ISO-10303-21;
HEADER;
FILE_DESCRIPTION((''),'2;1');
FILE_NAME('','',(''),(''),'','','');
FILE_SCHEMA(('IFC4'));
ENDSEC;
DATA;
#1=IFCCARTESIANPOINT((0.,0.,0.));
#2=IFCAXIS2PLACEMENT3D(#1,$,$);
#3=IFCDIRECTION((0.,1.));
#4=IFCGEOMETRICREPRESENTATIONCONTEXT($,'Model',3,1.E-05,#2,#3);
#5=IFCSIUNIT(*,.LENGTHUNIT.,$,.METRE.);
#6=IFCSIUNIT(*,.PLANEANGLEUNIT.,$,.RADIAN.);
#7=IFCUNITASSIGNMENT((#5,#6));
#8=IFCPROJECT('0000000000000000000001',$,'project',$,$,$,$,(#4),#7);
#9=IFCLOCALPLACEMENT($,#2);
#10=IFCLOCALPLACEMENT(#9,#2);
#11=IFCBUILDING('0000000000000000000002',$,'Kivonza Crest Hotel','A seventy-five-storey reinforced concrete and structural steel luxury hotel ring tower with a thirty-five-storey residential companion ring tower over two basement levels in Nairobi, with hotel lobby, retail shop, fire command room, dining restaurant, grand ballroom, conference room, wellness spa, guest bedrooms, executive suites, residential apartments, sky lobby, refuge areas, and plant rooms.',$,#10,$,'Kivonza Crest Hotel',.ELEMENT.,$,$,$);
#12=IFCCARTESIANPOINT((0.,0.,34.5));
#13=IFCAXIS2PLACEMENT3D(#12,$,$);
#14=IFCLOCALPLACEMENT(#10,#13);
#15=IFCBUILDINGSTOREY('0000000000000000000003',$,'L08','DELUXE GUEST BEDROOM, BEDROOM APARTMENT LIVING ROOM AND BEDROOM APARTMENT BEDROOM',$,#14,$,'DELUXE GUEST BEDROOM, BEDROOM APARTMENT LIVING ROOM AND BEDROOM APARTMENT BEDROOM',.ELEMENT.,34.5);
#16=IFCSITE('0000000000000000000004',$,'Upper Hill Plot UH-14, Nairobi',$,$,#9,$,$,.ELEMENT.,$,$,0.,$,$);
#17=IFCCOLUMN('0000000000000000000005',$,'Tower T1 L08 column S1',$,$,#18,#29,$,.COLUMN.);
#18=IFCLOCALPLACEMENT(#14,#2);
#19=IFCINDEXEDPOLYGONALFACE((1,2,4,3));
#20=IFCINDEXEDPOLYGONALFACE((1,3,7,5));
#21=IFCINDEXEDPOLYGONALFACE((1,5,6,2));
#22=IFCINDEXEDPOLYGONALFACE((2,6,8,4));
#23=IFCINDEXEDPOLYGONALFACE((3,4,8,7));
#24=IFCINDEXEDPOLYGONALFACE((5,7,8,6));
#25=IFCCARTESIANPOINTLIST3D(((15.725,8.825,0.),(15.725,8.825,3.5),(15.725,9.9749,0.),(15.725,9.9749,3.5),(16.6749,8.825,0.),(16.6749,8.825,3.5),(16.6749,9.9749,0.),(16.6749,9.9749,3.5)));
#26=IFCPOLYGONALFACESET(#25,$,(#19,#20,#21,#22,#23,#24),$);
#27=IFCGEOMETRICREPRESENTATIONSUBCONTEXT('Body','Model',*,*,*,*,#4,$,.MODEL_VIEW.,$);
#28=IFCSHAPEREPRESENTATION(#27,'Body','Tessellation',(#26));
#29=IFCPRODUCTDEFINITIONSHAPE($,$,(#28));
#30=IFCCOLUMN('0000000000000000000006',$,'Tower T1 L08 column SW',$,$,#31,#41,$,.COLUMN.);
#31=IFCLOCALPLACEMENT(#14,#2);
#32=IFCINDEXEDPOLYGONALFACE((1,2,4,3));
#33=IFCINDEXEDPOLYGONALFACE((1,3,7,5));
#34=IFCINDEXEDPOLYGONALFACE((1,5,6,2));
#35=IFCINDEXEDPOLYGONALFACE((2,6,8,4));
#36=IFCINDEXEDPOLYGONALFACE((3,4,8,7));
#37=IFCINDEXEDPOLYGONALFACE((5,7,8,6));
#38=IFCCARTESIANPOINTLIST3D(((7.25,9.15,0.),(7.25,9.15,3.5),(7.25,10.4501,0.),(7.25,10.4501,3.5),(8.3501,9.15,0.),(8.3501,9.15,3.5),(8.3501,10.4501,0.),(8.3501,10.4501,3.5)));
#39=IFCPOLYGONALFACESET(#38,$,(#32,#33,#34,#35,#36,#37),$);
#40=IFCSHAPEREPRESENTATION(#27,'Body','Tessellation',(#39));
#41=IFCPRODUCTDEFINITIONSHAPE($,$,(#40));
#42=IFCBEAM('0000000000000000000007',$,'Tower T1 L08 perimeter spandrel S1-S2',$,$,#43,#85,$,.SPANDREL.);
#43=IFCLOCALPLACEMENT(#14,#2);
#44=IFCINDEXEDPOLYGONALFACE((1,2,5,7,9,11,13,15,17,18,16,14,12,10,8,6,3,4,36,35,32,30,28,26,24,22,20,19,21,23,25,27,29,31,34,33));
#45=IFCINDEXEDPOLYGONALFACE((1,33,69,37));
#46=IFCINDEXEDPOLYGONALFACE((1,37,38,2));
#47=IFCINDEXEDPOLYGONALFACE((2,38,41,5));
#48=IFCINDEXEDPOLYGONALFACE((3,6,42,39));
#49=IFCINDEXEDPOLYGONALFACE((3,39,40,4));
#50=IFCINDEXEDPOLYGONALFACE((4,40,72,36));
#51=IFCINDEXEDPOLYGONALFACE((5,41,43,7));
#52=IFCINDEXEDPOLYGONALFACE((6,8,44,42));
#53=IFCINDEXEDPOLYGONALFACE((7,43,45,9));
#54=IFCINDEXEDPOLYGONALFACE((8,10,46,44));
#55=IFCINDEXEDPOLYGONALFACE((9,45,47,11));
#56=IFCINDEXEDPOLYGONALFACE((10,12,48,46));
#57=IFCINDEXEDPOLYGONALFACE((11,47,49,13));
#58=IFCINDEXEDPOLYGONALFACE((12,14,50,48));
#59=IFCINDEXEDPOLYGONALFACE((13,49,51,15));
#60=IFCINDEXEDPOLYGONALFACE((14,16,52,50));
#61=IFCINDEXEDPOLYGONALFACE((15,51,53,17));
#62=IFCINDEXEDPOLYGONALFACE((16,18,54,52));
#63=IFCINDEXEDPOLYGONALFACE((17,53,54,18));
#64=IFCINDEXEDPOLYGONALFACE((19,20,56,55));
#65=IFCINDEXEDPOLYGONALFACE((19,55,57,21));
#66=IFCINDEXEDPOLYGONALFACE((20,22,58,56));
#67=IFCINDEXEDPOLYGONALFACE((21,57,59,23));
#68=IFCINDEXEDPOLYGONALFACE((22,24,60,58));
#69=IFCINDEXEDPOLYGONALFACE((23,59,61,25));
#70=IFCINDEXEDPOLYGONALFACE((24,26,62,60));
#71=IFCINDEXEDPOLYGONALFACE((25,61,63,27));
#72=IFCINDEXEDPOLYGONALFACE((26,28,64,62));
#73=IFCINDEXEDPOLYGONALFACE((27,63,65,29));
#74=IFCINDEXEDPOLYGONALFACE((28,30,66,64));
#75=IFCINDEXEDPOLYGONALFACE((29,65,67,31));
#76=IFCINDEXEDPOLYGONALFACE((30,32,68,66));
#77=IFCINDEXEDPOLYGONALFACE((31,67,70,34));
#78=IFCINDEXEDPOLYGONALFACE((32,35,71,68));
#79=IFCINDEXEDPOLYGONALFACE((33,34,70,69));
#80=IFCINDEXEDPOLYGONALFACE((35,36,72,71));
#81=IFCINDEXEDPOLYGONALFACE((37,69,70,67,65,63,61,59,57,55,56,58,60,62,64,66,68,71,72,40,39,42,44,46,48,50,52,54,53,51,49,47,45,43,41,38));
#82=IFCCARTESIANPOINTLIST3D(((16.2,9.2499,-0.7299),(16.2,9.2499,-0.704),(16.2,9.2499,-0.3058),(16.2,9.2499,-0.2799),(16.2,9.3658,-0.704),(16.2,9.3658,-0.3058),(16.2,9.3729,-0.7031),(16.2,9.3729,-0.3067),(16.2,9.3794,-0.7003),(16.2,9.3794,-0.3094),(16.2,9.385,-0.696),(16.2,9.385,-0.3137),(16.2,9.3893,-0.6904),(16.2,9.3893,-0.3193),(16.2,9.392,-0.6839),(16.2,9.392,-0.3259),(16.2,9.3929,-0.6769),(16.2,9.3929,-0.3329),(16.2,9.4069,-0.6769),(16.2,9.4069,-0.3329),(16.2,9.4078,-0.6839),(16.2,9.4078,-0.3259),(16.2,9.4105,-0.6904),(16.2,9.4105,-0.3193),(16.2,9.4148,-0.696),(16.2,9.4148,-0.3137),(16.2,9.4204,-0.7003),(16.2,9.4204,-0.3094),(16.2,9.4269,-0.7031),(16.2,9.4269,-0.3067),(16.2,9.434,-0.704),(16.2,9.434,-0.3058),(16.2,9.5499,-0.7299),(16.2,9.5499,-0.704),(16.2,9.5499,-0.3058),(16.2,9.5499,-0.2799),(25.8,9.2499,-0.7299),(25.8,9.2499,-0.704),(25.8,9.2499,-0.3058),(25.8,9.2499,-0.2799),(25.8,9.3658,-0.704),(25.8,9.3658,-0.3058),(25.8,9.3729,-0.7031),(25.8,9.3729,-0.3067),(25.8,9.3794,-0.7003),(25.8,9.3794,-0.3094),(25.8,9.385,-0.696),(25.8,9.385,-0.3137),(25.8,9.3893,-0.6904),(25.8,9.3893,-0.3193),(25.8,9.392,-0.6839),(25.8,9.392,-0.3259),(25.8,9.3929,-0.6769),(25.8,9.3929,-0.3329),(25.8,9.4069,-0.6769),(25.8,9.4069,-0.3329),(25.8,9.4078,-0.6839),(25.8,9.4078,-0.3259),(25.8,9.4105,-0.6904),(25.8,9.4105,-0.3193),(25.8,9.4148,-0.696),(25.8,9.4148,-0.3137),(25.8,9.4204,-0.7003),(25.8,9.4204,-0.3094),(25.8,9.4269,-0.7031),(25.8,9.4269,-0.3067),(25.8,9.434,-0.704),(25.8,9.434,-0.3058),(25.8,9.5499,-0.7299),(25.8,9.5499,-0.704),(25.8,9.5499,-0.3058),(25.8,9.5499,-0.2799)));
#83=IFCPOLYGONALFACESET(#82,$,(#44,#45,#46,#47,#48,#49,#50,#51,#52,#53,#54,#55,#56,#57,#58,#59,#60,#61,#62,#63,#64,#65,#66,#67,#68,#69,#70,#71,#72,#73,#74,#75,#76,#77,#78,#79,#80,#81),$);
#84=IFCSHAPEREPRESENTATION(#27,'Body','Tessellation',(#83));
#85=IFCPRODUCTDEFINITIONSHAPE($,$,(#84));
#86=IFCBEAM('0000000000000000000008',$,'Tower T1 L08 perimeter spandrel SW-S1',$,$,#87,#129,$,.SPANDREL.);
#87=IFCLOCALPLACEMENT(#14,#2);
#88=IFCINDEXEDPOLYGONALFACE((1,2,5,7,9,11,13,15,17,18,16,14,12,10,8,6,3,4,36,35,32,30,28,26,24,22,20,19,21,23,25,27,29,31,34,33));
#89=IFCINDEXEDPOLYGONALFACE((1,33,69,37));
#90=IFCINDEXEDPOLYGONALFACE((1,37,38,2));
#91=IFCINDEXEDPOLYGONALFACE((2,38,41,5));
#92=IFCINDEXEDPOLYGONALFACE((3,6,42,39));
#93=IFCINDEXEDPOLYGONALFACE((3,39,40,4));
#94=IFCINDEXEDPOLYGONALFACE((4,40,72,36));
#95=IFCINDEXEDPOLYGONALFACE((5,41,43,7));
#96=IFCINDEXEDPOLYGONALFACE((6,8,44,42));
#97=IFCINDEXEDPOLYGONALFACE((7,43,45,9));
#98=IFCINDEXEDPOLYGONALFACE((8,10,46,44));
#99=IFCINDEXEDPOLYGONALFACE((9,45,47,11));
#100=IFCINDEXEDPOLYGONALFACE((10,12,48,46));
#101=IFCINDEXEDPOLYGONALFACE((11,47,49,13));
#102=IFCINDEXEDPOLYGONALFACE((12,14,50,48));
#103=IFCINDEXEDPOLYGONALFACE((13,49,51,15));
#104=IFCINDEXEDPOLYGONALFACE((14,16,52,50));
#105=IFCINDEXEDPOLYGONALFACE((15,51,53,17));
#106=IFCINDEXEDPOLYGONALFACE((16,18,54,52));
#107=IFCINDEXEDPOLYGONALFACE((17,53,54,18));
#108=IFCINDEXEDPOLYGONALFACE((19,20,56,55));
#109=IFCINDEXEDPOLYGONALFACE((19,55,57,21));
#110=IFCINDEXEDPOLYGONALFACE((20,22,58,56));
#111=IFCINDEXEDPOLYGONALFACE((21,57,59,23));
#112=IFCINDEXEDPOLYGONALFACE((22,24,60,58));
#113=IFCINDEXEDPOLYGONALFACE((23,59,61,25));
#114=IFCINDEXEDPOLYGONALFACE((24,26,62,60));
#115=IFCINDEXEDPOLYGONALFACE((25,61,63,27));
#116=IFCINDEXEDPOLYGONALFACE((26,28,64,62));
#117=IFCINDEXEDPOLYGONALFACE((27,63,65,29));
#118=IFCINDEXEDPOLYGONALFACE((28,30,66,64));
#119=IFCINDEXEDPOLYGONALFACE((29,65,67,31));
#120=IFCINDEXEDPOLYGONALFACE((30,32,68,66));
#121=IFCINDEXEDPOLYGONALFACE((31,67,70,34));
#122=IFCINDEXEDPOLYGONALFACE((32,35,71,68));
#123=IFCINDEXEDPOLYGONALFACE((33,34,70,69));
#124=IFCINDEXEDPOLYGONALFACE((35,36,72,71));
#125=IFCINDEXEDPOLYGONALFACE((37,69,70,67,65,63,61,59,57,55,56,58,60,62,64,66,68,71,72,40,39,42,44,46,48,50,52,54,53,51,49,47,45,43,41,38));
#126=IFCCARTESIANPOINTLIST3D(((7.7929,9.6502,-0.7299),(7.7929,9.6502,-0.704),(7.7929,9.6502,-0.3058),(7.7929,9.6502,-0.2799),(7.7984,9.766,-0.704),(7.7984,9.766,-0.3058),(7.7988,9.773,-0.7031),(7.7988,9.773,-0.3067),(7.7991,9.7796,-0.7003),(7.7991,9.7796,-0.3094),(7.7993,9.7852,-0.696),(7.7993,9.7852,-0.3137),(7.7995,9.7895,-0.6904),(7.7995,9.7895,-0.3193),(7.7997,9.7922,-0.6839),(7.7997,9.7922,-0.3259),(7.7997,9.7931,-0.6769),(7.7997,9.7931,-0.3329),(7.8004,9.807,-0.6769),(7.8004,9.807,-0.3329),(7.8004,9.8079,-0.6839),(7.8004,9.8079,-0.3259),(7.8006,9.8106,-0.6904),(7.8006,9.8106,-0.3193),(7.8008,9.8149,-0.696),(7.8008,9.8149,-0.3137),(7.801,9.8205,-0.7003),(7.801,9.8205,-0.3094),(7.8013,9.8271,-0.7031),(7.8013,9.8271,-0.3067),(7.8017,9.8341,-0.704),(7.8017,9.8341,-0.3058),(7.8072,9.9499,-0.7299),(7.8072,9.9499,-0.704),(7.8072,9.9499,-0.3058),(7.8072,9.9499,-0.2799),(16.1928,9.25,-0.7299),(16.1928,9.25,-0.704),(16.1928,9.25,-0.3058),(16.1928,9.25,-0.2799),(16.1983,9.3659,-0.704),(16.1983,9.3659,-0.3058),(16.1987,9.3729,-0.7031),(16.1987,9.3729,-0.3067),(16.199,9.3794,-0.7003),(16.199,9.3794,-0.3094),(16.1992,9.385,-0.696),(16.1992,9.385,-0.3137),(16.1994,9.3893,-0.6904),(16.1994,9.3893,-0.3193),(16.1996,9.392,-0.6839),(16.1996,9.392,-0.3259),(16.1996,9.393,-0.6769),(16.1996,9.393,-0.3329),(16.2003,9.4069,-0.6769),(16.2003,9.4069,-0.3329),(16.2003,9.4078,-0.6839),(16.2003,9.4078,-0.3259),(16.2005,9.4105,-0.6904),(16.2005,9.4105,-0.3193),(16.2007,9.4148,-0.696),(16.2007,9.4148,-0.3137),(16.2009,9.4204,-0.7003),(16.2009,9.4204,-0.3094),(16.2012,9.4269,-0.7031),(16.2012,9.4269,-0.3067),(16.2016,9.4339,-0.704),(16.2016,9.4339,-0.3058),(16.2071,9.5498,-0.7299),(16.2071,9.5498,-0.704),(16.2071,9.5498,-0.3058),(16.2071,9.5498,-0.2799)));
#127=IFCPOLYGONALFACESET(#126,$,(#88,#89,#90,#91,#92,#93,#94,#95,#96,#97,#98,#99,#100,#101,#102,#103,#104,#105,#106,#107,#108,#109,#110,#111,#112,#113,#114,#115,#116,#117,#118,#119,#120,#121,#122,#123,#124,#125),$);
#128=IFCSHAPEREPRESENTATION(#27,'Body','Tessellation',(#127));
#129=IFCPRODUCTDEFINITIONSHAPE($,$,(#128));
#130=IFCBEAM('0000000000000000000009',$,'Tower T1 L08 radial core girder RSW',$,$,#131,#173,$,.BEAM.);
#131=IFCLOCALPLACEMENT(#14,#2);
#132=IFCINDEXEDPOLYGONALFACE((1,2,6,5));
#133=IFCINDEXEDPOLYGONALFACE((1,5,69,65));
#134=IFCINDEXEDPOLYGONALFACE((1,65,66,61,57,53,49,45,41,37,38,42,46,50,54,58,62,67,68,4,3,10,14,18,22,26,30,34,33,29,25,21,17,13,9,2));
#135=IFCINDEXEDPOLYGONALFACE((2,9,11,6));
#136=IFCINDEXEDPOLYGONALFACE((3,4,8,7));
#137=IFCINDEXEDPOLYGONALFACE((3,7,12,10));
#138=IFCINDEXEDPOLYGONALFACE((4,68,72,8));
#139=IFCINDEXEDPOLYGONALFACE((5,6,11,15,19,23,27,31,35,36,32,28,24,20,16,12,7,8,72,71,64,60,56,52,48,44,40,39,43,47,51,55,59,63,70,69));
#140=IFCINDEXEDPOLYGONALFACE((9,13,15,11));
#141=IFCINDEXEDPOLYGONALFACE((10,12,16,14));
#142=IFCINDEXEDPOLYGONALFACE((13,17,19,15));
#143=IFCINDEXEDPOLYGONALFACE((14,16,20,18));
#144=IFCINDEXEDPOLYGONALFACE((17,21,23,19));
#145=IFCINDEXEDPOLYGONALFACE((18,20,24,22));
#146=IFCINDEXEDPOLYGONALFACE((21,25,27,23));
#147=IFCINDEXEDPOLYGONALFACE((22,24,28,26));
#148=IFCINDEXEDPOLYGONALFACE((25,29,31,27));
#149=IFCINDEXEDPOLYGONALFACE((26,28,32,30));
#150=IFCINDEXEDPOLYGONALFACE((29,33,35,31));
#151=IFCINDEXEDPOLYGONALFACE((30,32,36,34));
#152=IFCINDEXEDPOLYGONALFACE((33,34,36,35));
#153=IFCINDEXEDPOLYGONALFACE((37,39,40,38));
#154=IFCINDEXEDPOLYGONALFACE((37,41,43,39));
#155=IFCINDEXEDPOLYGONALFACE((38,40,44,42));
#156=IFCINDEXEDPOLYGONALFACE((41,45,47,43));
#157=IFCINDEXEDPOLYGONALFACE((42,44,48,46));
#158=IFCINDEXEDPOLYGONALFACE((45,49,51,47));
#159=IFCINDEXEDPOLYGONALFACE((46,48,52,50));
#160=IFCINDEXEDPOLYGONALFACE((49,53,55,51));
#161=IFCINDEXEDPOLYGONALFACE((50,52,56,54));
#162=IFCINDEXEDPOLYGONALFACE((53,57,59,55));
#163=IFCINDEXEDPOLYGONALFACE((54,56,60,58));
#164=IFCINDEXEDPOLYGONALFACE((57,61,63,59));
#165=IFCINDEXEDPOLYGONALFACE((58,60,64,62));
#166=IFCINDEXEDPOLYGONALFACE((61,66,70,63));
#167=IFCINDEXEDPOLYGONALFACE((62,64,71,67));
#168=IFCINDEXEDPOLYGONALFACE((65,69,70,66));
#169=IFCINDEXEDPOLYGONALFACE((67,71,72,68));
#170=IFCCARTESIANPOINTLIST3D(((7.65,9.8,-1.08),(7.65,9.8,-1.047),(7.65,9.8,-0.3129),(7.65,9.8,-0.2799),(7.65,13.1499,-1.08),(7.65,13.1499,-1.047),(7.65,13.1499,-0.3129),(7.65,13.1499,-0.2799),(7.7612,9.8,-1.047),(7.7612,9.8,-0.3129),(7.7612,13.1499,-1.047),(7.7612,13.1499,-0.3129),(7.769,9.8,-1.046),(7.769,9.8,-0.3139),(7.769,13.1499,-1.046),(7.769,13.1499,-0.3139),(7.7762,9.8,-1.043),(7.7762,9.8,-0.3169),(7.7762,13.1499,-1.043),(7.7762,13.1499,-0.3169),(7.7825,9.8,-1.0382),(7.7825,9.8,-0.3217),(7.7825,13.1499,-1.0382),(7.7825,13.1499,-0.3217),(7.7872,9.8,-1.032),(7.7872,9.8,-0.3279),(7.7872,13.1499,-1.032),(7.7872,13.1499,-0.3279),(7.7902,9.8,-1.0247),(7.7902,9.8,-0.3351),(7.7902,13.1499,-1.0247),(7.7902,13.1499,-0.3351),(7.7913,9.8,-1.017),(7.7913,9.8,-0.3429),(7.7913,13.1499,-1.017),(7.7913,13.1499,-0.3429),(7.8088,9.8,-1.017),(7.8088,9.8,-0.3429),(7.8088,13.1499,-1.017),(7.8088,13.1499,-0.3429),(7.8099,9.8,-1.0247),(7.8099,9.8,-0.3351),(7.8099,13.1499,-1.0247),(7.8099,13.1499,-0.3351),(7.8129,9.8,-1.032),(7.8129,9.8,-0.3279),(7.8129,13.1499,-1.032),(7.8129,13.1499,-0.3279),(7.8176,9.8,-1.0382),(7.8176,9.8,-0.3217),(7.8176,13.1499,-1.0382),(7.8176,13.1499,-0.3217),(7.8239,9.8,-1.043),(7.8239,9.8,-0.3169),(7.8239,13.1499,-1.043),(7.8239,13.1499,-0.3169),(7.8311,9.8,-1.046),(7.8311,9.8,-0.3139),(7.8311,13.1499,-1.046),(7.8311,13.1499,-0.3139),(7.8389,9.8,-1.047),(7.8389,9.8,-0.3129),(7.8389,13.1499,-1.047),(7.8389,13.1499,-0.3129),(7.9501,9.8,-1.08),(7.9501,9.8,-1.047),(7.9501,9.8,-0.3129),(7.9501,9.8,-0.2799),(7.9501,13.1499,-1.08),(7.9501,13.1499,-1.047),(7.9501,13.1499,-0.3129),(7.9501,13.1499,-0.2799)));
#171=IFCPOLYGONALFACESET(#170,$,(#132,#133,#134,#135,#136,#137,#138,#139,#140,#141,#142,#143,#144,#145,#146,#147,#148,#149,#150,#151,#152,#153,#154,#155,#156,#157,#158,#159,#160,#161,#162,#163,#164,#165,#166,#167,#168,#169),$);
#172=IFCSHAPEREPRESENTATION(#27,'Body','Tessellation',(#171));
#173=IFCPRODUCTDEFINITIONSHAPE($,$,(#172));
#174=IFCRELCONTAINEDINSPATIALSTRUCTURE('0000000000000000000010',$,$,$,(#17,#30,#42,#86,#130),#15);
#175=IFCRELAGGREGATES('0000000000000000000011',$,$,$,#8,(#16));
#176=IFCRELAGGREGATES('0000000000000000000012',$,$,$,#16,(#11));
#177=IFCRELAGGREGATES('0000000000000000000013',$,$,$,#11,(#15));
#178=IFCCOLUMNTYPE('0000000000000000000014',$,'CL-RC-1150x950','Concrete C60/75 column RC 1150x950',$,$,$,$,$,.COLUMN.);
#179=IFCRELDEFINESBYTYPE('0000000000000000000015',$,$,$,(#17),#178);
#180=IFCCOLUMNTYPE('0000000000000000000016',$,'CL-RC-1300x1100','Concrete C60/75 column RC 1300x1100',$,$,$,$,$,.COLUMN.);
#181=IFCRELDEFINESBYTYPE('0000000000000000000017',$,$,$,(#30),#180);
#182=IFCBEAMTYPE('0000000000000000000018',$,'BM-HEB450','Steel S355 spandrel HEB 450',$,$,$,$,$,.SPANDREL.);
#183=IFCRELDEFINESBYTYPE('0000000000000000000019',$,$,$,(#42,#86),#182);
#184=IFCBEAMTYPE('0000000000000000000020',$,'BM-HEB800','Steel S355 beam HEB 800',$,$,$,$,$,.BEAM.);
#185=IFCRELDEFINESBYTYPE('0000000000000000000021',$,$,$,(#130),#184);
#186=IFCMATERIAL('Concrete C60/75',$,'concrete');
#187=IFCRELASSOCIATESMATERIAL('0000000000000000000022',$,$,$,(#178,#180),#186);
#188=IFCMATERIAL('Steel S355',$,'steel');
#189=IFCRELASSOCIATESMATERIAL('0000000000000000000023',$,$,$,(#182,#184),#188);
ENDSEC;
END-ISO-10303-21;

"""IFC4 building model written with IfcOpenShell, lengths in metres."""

from ifc_helpers import new_model, si_unit, direction, frame, origin, origin_2d, place, context, subcontext, project, spatial, rectangle, i_section, extrude, material, material_profile, profile_set, type_object, element, save


model = new_model("IFC4")

# Units and contexts
model_context = context("Model", 3, precision=1e-05, world=origin(), true_north=direction((0.0, 1.0)))
body_context = subcontext(model_context, "Body", "Model", "MODEL_VIEW")
ifc_project = project(units=[si_unit("LENGTHUNIT", "METRE"), si_unit("PLANEANGLEUNIT", "RADIAN")], contexts=[model_context])

# Site, building, storey
site_placement = place(None, origin())
site = spatial("IfcSite", under=ifc_project, at=site_placement, Name="Upper Hill Plot UH-14, Nairobi", CompositionType="ELEMENT", RefElevation=0.0)
building_placement = place(site_placement, origin())
building = spatial("IfcBuilding", under=site, at=building_placement, Name="Kivonza Crest Hotel", Description="A seventy-five-storey reinforced concrete and structural steel luxury hotel ring tower with a thirty-five-storey residential companion ring tower over two basement levels in Nairobi, with hotel lobby, retail shop, fire command room, dining restaurant, grand ballroom, conference room, wellness spa, guest bedrooms, executive suites, residential apartments, sky lobby, refuge areas, and plant rooms.", LongName="Kivonza Crest Hotel", CompositionType="ELEMENT")
storey_placement = place(building_placement, frame((0.0, 0.0, 34.5)))
storey = spatial("IfcBuildingStorey", under=building, at=storey_placement, Name="L08", Description="DELUXE GUEST BEDROOM, BEDROOM APARTMENT LIVING ROOM AND BEDROOM APARTMENT BEDROOM", LongName="DELUXE GUEST BEDROOM, BEDROOM APARTMENT LIVING ROOM AND BEDROOM APARTMENT BEDROOM", CompositionType="ELEMENT", Elevation=34.5)

# Columns
ifc_material_1 = material(Name="Concrete C60/75", Category="concrete")
ifc_material_profile_1 = material_profile(ifc_material_1, rectangle(XDim=0.95, YDim=1.1499, at=origin_2d()), Name="RC 1150x950")
ifc_profile_set_1 = profile_set([ifc_material_profile_1], Name="Concrete C60/75")
column_type_1 = type_object("IfcColumnType", Name="CL-RC-1150x950", Description="Concrete C60/75 column RC 1150x950", PredefinedType="COLUMN", material=ifc_profile_set_1)
column_1_placement = place(storey_placement, frame((16.2, 9.3999, 0.0), z_axis=(0.0, 0.0, 1.0), x_axis=(1.0, 0.0, 0.0)))
element("IfcColumn", 1, at=column_1_placement, inside=storey, type_object=column_type_1, Name="Tower T1 L08 column S1", PredefinedType="COLUMN", context=body_context, shape_type="SweptSolid", body=[
    extrude(rectangle(XDim=0.95, YDim=1.1499, at=origin_2d()), origin(), (0.0, 0.0, 1.0), 3.5),
])
ifc_material_profile_2 = material_profile(ifc_material_1, rectangle(XDim=1.1001, YDim=1.3, at=origin_2d()), Name="RC 1300x1100")
ifc_profile_set_2 = profile_set([ifc_material_profile_2], Name="Concrete C60/75")
column_type_2 = type_object("IfcColumnType", Name="CL-RC-1300x1100", Description="Concrete C60/75 column RC 1300x1100", PredefinedType="COLUMN", material=ifc_profile_set_2)
column_2_placement = place(storey_placement, frame((7.8, 9.8, 0.0), z_axis=(0.0, 0.0, 1.0), x_axis=(1.0, 0.0, 0.0)))
element("IfcColumn", 2, at=column_2_placement, inside=storey, type_object=column_type_2, Name="Tower T1 L08 column SW", PredefinedType="COLUMN", context=body_context, shape_type="SweptSolid", body=[
    extrude(rectangle(XDim=1.1001, YDim=1.3, at=origin_2d()), origin(), (0.0, 0.0, 1.0), 3.5),
])

# Beams
ifc_material_2 = material(Name="Steel S355", Category="steel")
ifc_material_profile_3 = material_profile(ifc_material_2, i_section(OverallWidth=0.3, OverallDepth=0.45, WebThickness=0.0139, FlangeThickness=0.0259, FilletRadius=0.0271, at=origin_2d()), Name="HEB 450")
ifc_profile_set_3 = profile_set([ifc_material_profile_3], Name="Steel S355")
beam_type_1 = type_object("IfcBeamType", Name="BM-HEB450", Description="Steel S355 spandrel HEB 450", PredefinedType="SPANDREL", material=ifc_profile_set_3)
beam_1_placement = place(storey_placement, frame((16.2, 9.3999, -0.5049), z_axis=(1.0, 0.0, 0.0), x_axis=(0.0, 1.0, 0.0)))
element("IfcBeam", 3, at=beam_1_placement, inside=storey, type_object=beam_type_1, Name="Tower T1 L08 perimeter spandrel S1-S2", PredefinedType="SPANDREL", context=body_context, shape_type="SweptSolid", body=[
    extrude(i_section(OverallWidth=0.3, OverallDepth=0.45, WebThickness=0.0139, FlangeThickness=0.0259, FilletRadius=0.0271, at=origin_2d()), origin(), (0.0, 0.0, 1.0), 9.6001),
])
beam_2_placement = place(storey_placement, frame((7.8, 9.8, -0.5049), z_axis=(0.998867, -0.047583, 0.0), x_axis=(0.047583, 0.998867, 0.0)))
element("IfcBeam", 4, at=beam_2_placement, inside=storey, type_object=beam_type_1, Name="Tower T1 L08 perimeter spandrel SW-S1", PredefinedType="SPANDREL", context=body_context, shape_type="SweptSolid", body=[
    extrude(i_section(OverallWidth=0.3, OverallDepth=0.45, WebThickness=0.0139, FlangeThickness=0.0259, FilletRadius=0.0271, at=origin_2d()), origin(), (0.0, 0.0, 1.0), 8.4094),
])
ifc_material_profile_4 = material_profile(ifc_material_2, i_section(OverallWidth=0.3, OverallDepth=0.8, WebThickness=0.0176, FlangeThickness=0.033, FilletRadius=0.03, at=origin_2d()), Name="HEB 800")
ifc_profile_set_4 = profile_set([ifc_material_profile_4], Name="Steel S355")
beam_type_2 = type_object("IfcBeamType", Name="BM-HEB800", Description="Steel S355 beam HEB 800", PredefinedType="BEAM", material=ifc_profile_set_4)
beam_3_placement = place(storey_placement, frame((7.8, 9.8, -0.6799), z_axis=(0.0, 1.0, 0.0), x_axis=(-1.0, 0.0, 0.0)))
element("IfcBeam", 5, at=beam_3_placement, inside=storey, type_object=beam_type_2, Name="Tower T1 L08 radial core girder RSW", PredefinedType="BEAM", context=body_context, shape_type="SweptSolid", body=[
    extrude(i_section(OverallWidth=0.3, OverallDepth=0.8, WebThickness=0.0176, FlangeThickness=0.033, FilletRadius=0.03, at=origin_2d()), origin(), (0.0, 0.0, 1.0), 3.3499),
])

save(model, "model.ifc")
